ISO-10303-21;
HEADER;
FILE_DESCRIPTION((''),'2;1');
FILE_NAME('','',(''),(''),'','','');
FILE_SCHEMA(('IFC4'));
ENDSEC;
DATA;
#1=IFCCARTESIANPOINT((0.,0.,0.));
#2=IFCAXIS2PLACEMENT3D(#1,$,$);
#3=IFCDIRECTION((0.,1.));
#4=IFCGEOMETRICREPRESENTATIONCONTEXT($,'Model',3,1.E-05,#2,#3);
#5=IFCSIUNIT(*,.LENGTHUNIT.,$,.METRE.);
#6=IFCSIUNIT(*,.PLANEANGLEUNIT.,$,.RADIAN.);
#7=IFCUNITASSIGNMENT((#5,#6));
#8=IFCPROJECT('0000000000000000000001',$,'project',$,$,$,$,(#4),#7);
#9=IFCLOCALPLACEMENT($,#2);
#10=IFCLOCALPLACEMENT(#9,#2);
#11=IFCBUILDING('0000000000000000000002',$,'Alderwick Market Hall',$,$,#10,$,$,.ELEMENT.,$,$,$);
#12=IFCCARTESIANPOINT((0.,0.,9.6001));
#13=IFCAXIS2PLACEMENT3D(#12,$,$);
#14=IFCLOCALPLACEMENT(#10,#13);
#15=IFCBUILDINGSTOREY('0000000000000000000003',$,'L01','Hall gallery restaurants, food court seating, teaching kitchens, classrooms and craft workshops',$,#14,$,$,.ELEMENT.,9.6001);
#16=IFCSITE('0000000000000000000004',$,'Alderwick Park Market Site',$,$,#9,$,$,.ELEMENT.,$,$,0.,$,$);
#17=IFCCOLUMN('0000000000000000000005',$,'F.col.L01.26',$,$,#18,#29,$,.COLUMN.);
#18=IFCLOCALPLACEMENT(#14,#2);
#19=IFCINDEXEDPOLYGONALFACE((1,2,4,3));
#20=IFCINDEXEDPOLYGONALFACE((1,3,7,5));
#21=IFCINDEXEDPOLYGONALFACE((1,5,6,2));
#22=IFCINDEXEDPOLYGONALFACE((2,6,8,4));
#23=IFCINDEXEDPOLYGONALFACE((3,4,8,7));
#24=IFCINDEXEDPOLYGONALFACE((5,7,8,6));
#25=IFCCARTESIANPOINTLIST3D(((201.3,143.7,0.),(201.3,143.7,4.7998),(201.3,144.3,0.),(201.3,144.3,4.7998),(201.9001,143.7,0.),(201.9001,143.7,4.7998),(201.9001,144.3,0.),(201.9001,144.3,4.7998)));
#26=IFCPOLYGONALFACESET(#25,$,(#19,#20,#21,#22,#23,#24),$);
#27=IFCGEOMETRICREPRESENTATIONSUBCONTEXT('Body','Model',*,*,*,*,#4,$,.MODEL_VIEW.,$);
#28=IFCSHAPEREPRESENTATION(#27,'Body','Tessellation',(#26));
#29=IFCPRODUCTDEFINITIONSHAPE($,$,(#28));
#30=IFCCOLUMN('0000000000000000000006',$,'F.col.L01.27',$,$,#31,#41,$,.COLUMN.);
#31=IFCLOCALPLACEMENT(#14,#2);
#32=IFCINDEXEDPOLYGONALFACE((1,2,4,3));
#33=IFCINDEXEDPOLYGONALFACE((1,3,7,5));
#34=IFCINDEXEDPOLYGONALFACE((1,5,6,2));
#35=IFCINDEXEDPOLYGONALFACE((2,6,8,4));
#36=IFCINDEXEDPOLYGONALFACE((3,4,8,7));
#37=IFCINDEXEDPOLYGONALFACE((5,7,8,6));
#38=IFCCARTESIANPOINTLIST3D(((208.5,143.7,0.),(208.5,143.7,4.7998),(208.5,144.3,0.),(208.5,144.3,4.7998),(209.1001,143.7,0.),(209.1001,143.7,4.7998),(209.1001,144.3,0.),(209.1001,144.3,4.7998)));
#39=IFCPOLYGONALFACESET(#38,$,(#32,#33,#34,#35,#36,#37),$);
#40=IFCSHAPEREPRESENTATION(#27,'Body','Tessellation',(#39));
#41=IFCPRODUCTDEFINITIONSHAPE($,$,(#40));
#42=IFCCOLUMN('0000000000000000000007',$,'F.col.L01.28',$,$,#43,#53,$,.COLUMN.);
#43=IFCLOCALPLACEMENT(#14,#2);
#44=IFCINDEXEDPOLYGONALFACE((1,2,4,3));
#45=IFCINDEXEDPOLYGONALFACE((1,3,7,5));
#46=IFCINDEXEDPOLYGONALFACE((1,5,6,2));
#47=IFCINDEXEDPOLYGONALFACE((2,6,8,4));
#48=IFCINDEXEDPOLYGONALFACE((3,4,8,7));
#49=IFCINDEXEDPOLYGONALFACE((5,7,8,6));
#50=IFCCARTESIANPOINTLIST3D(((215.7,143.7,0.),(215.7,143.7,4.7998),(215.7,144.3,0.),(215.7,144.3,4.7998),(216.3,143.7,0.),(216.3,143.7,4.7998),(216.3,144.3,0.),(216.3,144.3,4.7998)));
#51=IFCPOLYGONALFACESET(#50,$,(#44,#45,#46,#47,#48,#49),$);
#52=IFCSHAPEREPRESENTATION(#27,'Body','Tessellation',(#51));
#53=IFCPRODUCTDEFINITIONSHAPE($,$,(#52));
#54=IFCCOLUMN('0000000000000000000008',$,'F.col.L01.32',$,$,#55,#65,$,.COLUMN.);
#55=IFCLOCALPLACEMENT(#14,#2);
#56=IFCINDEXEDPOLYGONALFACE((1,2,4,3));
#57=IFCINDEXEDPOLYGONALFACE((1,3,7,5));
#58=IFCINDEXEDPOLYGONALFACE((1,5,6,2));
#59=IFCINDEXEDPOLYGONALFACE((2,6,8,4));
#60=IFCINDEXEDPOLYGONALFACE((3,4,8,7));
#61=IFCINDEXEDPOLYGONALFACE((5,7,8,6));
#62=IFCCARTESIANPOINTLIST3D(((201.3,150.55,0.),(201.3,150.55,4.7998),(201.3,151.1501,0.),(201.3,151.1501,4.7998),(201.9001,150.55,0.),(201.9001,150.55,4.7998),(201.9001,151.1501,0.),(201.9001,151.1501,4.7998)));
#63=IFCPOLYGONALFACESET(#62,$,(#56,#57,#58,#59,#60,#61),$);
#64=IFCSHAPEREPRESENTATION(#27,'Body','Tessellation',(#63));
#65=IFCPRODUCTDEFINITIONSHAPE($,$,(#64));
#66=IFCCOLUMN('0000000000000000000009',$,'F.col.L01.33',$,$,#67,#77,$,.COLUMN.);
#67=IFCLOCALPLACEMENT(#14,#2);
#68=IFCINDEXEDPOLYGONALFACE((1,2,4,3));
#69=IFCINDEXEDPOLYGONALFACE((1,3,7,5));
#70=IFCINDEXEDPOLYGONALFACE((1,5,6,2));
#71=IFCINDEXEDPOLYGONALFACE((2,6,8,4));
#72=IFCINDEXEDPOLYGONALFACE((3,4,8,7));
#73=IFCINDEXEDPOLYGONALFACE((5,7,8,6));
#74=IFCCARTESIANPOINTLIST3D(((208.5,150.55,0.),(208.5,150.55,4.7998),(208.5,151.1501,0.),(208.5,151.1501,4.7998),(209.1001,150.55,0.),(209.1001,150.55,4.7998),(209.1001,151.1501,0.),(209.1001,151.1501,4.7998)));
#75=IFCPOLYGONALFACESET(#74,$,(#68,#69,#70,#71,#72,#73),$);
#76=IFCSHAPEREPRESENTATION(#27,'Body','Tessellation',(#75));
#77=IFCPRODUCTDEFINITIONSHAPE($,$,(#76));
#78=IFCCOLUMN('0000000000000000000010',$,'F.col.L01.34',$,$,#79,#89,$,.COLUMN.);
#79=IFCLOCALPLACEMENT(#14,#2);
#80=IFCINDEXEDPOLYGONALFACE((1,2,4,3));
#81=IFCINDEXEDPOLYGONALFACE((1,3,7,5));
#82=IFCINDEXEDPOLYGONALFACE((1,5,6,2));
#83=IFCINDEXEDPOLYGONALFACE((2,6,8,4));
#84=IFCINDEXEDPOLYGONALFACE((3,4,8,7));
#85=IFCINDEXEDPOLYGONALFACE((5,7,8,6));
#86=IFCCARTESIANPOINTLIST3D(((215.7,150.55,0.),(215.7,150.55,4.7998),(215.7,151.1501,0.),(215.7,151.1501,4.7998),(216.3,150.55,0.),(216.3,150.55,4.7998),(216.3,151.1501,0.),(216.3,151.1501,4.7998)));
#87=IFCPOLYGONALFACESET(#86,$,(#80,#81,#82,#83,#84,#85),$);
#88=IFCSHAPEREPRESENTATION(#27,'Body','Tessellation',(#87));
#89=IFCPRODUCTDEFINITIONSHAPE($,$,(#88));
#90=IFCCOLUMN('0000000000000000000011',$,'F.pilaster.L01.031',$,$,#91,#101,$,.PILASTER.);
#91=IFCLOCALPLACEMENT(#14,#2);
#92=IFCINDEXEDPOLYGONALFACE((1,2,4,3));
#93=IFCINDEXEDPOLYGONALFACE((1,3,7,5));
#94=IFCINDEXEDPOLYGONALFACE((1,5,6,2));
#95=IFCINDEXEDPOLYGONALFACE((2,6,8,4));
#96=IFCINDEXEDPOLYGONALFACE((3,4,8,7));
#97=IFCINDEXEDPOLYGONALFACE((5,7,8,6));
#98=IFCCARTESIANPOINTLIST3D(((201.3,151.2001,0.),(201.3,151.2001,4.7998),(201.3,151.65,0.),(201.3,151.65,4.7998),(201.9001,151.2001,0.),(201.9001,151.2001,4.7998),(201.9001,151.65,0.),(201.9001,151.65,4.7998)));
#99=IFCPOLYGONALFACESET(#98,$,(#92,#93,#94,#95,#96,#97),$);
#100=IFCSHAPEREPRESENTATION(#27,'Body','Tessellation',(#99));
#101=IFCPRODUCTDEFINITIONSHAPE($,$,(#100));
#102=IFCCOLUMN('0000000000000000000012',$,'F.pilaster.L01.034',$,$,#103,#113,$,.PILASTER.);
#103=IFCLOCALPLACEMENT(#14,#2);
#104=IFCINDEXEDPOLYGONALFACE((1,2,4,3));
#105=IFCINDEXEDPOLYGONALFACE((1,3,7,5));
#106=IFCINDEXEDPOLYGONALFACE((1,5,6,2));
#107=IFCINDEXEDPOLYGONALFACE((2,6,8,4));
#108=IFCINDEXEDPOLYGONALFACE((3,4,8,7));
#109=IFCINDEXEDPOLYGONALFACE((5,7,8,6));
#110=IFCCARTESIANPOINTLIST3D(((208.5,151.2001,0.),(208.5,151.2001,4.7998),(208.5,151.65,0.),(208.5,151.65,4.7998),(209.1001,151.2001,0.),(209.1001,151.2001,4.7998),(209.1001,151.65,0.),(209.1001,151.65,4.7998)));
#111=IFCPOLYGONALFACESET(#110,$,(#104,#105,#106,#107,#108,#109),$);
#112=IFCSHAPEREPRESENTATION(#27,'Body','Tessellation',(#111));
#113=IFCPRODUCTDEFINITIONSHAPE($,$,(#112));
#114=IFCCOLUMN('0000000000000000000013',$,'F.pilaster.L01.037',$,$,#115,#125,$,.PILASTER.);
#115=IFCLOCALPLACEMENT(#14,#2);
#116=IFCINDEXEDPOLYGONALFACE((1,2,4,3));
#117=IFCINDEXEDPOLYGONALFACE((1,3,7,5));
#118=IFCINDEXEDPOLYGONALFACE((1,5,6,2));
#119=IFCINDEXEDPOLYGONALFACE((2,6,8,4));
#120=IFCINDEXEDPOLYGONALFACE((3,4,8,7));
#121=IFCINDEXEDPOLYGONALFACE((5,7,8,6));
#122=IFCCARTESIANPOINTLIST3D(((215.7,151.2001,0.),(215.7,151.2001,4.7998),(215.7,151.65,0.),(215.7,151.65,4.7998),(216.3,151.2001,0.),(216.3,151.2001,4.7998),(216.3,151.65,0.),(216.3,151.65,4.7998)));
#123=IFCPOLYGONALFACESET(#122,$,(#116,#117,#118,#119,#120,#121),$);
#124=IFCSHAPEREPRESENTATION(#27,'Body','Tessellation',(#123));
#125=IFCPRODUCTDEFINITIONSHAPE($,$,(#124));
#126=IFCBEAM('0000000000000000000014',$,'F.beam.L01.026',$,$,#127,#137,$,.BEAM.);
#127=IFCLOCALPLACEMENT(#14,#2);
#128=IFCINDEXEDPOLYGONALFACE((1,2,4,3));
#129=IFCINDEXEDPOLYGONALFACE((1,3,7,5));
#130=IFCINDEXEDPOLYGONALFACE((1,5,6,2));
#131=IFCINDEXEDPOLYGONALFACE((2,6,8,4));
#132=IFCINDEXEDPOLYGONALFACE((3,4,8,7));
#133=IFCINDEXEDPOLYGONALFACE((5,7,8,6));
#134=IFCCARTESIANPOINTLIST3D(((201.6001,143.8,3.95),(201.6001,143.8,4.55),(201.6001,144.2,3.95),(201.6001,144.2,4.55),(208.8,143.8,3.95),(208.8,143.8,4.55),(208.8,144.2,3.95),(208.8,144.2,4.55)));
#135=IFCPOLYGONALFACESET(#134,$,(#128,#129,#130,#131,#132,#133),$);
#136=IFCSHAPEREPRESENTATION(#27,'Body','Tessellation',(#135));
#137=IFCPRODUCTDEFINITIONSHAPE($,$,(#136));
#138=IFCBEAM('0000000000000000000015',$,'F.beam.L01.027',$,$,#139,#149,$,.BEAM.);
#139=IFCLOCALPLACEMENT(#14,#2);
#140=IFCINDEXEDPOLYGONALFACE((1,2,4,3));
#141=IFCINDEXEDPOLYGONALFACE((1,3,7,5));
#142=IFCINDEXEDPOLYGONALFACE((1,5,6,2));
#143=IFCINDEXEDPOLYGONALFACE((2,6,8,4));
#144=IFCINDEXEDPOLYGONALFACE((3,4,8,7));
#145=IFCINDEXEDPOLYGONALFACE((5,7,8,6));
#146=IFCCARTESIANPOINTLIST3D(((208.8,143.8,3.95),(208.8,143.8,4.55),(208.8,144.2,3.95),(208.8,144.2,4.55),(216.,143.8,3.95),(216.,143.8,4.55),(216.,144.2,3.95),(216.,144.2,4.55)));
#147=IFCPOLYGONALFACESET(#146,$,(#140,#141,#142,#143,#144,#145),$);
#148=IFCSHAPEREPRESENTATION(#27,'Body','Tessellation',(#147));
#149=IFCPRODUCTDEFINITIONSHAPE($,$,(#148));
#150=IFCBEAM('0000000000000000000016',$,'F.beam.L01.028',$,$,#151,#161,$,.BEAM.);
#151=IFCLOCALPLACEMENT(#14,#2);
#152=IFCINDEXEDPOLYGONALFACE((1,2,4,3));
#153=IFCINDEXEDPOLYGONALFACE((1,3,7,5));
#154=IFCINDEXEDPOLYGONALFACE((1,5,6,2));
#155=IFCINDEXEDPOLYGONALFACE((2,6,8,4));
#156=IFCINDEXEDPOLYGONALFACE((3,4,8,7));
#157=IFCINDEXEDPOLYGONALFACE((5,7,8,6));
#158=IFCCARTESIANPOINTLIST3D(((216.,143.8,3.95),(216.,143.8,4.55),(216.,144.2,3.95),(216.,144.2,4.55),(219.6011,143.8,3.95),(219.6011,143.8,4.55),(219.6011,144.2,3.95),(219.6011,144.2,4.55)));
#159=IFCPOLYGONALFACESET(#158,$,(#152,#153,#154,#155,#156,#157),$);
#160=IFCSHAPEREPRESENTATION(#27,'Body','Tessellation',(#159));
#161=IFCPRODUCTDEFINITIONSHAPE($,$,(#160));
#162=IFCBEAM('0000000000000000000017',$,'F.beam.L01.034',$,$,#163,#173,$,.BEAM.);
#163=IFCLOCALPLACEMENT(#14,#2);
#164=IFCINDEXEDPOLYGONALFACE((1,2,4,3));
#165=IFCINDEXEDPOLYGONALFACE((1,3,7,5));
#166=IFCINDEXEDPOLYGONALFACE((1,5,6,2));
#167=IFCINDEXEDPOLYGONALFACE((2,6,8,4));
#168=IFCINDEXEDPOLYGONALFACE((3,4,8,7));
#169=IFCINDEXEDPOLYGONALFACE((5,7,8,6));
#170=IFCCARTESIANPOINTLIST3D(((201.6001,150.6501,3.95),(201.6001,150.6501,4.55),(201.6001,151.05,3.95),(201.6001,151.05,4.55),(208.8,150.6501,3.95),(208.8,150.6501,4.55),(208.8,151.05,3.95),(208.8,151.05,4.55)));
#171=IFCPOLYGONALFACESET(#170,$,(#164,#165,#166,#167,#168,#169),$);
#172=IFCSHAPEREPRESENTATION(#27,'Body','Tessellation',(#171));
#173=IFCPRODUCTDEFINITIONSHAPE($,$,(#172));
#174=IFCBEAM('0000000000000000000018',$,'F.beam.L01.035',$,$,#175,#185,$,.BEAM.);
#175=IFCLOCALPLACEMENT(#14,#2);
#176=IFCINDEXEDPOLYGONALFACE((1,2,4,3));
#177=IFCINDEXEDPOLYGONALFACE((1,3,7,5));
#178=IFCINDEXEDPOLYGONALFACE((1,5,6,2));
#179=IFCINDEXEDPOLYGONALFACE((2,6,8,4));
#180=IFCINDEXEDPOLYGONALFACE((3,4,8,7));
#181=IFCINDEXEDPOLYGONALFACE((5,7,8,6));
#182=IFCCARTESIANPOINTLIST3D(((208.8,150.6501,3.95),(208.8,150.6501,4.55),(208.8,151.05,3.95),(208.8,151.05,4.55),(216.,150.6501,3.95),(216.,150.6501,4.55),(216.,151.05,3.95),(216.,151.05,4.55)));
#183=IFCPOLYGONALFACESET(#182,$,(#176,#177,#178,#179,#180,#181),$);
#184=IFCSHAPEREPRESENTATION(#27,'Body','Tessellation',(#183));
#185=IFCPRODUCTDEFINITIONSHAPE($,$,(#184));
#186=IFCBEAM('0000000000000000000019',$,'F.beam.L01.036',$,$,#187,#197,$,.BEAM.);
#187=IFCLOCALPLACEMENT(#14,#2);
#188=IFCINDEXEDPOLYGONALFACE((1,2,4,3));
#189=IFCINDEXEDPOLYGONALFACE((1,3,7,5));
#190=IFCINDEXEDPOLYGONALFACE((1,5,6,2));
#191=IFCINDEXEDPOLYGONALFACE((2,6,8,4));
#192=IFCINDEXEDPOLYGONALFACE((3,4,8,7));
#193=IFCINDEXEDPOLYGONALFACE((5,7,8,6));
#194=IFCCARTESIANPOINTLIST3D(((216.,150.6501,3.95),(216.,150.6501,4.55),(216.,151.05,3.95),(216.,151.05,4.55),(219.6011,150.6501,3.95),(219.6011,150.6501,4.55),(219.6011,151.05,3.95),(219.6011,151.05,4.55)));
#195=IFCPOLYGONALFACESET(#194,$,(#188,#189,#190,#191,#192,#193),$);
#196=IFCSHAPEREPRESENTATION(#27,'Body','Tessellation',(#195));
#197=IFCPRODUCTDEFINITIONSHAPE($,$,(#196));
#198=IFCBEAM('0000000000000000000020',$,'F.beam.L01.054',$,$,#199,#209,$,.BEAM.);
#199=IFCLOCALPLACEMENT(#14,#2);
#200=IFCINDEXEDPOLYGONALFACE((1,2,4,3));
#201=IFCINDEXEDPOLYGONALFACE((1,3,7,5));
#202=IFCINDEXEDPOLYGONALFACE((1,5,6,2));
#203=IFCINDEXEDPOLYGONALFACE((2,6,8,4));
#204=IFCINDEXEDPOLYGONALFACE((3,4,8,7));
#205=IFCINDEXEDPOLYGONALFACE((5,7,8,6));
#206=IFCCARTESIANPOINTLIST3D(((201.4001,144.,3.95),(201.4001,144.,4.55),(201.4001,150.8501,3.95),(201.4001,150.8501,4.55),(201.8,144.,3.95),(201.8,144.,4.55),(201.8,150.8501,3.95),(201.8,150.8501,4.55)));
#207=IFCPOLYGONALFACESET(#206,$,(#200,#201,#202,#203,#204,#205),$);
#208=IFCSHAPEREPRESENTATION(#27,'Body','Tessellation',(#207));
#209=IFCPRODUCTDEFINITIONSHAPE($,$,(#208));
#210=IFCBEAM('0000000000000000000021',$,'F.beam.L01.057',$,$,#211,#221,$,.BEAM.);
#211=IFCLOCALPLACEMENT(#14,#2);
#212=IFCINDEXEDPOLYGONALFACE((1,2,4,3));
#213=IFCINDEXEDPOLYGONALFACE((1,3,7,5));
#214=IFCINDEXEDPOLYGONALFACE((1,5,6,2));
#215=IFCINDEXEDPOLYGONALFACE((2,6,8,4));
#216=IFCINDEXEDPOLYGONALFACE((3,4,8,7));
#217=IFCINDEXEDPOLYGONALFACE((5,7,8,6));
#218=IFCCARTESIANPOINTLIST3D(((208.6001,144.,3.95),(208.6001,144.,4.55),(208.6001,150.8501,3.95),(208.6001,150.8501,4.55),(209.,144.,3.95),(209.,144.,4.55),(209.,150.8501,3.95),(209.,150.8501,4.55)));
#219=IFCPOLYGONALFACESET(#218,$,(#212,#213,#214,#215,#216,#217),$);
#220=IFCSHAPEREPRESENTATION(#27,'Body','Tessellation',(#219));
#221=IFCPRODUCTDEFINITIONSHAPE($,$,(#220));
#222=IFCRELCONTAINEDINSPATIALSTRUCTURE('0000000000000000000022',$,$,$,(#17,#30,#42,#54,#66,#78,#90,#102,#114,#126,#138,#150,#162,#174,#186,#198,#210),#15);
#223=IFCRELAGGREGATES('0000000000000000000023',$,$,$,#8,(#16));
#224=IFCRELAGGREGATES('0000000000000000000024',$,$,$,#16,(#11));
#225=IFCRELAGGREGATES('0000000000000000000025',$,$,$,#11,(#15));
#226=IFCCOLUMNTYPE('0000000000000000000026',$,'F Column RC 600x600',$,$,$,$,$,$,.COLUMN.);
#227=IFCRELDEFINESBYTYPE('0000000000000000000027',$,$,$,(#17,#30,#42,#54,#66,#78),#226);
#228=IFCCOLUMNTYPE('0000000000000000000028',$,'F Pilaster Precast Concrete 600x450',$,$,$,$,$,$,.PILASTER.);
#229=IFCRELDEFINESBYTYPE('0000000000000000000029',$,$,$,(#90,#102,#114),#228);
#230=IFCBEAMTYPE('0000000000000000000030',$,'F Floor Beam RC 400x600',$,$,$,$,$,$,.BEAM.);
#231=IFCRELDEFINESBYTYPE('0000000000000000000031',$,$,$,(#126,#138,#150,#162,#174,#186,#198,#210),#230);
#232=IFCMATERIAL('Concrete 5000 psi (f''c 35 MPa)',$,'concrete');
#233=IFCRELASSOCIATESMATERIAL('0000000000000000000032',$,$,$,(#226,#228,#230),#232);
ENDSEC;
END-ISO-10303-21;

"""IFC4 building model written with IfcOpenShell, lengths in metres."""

from ifc_helpers import new_model, si_unit, direction, frame, origin, origin_2d, place, context, subcontext, project, spatial, rectangle, extrude, material, material_profile, profile_set, type_object, element, save


model = new_model("IFC4")

# Units and contexts
model_context = context("Model", 3, precision=1e-05, world=origin(), true_north=direction((0.0, 1.0)))
body_context = subcontext(model_context, "Body", "Model", "MODEL_VIEW")
ifc_project = project(units=[si_unit("LENGTHUNIT", "METRE"), si_unit("PLANEANGLEUNIT", "RADIAN")], contexts=[model_context])

# Site, building, storey
site_placement = place(None, origin())
site = spatial("IfcSite", under=ifc_project, at=site_placement, Name="Alderwick Park Market Site", CompositionType="ELEMENT", RefElevation=0.0)
building_placement = place(site_placement, origin())
building = spatial("IfcBuilding", under=site, at=building_placement, Name="Alderwick Market Hall", CompositionType="ELEMENT")
storey_placement = place(building_placement, frame((0.0, 0.0, 9.6001)))
storey = spatial("IfcBuildingStorey", under=building, at=storey_placement, Name="L01", Description="Hall gallery restaurants, food court seating, teaching kitchens, classrooms and craft workshops", CompositionType="ELEMENT", Elevation=9.6001)

# Columns
ifc_material_1 = material(Name="Concrete 5000 psi (f'c 35 MPa)", Category="concrete")
ifc_material_profile_1 = material_profile(ifc_material_1, rectangle(XDim=0.6001, YDim=0.6001, at=origin_2d()), Name="RC 600x600")
ifc_profile_set_1 = profile_set([ifc_material_profile_1], Name="Concrete 5000 psi (f'c 35 MPa)")
column_type_1 = type_object("IfcColumnType", Name="F Column RC 600x600", PredefinedType="COLUMN", material=ifc_profile_set_1)
for number, where, z_axis, x_axis, name in (
    (1, (201.6001, 144.0, 0.0), (0.0, 0.0, 1.0), (1.0, 0.0, 0.0), "F.col.L01.26"),
    (2, (208.8, 144.0, 0.0), (0.0, 0.0, 1.0), (1.0, 0.0, 0.0), "F.col.L01.27"),
    (3, (216.0, 144.0, 0.0), (0.0, 0.0, 1.0), (1.0, 0.0, 0.0), "F.col.L01.28"),
    (4, (201.6001, 150.8501, 0.0), (0.0, 0.0, 1.0), (1.0, 0.0, 0.0), "F.col.L01.32"),
    (5, (208.8, 150.8501, 0.0), (0.0, 0.0, 1.0), (1.0, 0.0, 0.0), "F.col.L01.33"),
    (6, (216.0, 150.8501, 0.0), (0.0, 0.0, 1.0), (1.0, 0.0, 0.0), "F.col.L01.34"),
):
    element("IfcColumn", number, at=place(storey_placement, frame(where, z_axis=z_axis, x_axis=x_axis)), inside=storey, type_object=column_type_1, Name=name, PredefinedType="COLUMN", context=body_context, shape_type="SweptSolid", body=[
        extrude(rectangle(XDim=0.6001, YDim=0.6001, at=origin_2d()), origin(), (0.0, 0.0, 1.0), 4.7998),
    ])
ifc_material_profile_2 = material_profile(ifc_material_1, rectangle(XDim=0.6001, YDim=0.45, at=origin_2d()), Name="PC 600x450")
ifc_profile_set_2 = profile_set([ifc_material_profile_2], Name="Concrete 5000 psi (f'c 35 MPa)")
column_type_2 = type_object("IfcColumnType", Name="F Pilaster Precast Concrete 600x450", PredefinedType="PILASTER", material=ifc_profile_set_2)
for number, where, z_axis, x_axis, name in (
    (7, (201.6001, 151.425, 0.0), (0.0, 0.0, 1.0), (1.0, 0.0, 0.0), "F.pilaster.L01.031"),
    (8, (208.8, 151.425, 0.0), (0.0, 0.0, 1.0), (1.0, 0.0, 0.0), "F.pilaster.L01.034"),
    (9, (216.0, 151.425, 0.0), (0.0, 0.0, 1.0), (1.0, 0.0, 0.0), "F.pilaster.L01.037"),
):
    element("IfcColumn", number, at=place(storey_placement, frame(where, z_axis=z_axis, x_axis=x_axis)), inside=storey, type_object=column_type_2, Name=name, PredefinedType="PILASTER", context=body_context, shape_type="SweptSolid", body=[
        extrude(rectangle(XDim=0.6001, YDim=0.45, at=origin_2d()), origin(), (0.0, 0.0, 1.0), 4.7998),
    ])

# Beams
ifc_material_profile_3 = material_profile(ifc_material_1, rectangle(XDim=0.3999, YDim=0.6001, at=origin_2d()), Name="RC 400x600")
ifc_profile_set_3 = profile_set([ifc_material_profile_3], Name="Concrete 5000 psi (f'c 35 MPa)")
beam_type = type_object("IfcBeamType", Name="F Floor Beam RC 400x600", PredefinedType="BEAM", material=ifc_profile_set_3)
for number, where, z_axis, x_axis, name in (
    (10, (201.6001, 144.0, 4.25), (1.0, 0.0, 0.0), (0.0, 1.0, 0.0), "F.beam.L01.026"),
    (11, (208.8, 144.0, 4.25), (1.0, 0.0, 0.0), (0.0, 1.0, 0.0), "F.beam.L01.027"),
):
    element("IfcBeam", number, at=place(storey_placement, frame(where, z_axis=z_axis, x_axis=x_axis)), inside=storey, type_object=beam_type, Name=name, PredefinedType="BEAM", context=body_context, shape_type="SweptSolid", body=[
        extrude(rectangle(XDim=0.3999, YDim=0.6001, at=origin_2d()), origin(), (0.0, 0.0, 1.0), 7.2),
    ])
beam_1_placement = place(storey_placement, frame((216.0, 144.0, 4.25), z_axis=(1.0, 0.0, 0.0), x_axis=(0.0, 1.0, 0.0)))
element("IfcBeam", 12, at=beam_1_placement, inside=storey, type_object=beam_type, Name="F.beam.L01.028", PredefinedType="BEAM", context=body_context, shape_type="SweptSolid", body=[
    extrude(rectangle(XDim=0.3999, YDim=0.6001, at=origin_2d()), origin(), (0.0, 0.0, 1.0), 3.6011),
])
for number, where, z_axis, x_axis, name in (
    (13, (201.6001, 150.8501, 4.25), (1.0, 0.0, 0.0), (0.0, 1.0, 0.0), "F.beam.L01.034"),
    (14, (208.8, 150.8501, 4.25), (1.0, 0.0, 0.0), (0.0, 1.0, 0.0), "F.beam.L01.035"),
):
    element("IfcBeam", number, at=place(storey_placement, frame(where, z_axis=z_axis, x_axis=x_axis)), inside=storey, type_object=beam_type, Name=name, PredefinedType="BEAM", context=body_context, shape_type="SweptSolid", body=[
        extrude(rectangle(XDim=0.3999, YDim=0.6001, at=origin_2d()), origin(), (0.0, 0.0, 1.0), 7.2),
    ])
beam_2_placement = place(storey_placement, frame((216.0, 150.8501, 4.25), z_axis=(1.0, 0.0, 0.0), x_axis=(0.0, 1.0, 0.0)))
element("IfcBeam", 15, at=beam_2_placement, inside=storey, type_object=beam_type, Name="F.beam.L01.036", PredefinedType="BEAM", context=body_context, shape_type="SweptSolid", body=[
    extrude(rectangle(XDim=0.3999, YDim=0.6001, at=origin_2d()), origin(), (0.0, 0.0, 1.0), 3.6011),
])
for number, where, z_axis, x_axis, name in (
    (16, (201.6001, 144.0, 4.25), (0.0, 1.0, 0.0), (-1.0, 0.0, 0.0), "F.beam.L01.054"),
    (17, (208.8, 144.0, 4.25), (0.0, 1.0, 0.0), (-1.0, 0.0, 0.0), "F.beam.L01.057"),
):
    element("IfcBeam", number, at=place(storey_placement, frame(where, z_axis=z_axis, x_axis=x_axis)), inside=storey, type_object=beam_type, Name=name, PredefinedType="BEAM", context=body_context, shape_type="SweptSolid", body=[
        extrude(rectangle(XDim=0.3999, YDim=0.6001, at=origin_2d()), origin(), (0.0, 0.0, 1.0), 6.8501),
    ])

save(model, "model.ifc")
